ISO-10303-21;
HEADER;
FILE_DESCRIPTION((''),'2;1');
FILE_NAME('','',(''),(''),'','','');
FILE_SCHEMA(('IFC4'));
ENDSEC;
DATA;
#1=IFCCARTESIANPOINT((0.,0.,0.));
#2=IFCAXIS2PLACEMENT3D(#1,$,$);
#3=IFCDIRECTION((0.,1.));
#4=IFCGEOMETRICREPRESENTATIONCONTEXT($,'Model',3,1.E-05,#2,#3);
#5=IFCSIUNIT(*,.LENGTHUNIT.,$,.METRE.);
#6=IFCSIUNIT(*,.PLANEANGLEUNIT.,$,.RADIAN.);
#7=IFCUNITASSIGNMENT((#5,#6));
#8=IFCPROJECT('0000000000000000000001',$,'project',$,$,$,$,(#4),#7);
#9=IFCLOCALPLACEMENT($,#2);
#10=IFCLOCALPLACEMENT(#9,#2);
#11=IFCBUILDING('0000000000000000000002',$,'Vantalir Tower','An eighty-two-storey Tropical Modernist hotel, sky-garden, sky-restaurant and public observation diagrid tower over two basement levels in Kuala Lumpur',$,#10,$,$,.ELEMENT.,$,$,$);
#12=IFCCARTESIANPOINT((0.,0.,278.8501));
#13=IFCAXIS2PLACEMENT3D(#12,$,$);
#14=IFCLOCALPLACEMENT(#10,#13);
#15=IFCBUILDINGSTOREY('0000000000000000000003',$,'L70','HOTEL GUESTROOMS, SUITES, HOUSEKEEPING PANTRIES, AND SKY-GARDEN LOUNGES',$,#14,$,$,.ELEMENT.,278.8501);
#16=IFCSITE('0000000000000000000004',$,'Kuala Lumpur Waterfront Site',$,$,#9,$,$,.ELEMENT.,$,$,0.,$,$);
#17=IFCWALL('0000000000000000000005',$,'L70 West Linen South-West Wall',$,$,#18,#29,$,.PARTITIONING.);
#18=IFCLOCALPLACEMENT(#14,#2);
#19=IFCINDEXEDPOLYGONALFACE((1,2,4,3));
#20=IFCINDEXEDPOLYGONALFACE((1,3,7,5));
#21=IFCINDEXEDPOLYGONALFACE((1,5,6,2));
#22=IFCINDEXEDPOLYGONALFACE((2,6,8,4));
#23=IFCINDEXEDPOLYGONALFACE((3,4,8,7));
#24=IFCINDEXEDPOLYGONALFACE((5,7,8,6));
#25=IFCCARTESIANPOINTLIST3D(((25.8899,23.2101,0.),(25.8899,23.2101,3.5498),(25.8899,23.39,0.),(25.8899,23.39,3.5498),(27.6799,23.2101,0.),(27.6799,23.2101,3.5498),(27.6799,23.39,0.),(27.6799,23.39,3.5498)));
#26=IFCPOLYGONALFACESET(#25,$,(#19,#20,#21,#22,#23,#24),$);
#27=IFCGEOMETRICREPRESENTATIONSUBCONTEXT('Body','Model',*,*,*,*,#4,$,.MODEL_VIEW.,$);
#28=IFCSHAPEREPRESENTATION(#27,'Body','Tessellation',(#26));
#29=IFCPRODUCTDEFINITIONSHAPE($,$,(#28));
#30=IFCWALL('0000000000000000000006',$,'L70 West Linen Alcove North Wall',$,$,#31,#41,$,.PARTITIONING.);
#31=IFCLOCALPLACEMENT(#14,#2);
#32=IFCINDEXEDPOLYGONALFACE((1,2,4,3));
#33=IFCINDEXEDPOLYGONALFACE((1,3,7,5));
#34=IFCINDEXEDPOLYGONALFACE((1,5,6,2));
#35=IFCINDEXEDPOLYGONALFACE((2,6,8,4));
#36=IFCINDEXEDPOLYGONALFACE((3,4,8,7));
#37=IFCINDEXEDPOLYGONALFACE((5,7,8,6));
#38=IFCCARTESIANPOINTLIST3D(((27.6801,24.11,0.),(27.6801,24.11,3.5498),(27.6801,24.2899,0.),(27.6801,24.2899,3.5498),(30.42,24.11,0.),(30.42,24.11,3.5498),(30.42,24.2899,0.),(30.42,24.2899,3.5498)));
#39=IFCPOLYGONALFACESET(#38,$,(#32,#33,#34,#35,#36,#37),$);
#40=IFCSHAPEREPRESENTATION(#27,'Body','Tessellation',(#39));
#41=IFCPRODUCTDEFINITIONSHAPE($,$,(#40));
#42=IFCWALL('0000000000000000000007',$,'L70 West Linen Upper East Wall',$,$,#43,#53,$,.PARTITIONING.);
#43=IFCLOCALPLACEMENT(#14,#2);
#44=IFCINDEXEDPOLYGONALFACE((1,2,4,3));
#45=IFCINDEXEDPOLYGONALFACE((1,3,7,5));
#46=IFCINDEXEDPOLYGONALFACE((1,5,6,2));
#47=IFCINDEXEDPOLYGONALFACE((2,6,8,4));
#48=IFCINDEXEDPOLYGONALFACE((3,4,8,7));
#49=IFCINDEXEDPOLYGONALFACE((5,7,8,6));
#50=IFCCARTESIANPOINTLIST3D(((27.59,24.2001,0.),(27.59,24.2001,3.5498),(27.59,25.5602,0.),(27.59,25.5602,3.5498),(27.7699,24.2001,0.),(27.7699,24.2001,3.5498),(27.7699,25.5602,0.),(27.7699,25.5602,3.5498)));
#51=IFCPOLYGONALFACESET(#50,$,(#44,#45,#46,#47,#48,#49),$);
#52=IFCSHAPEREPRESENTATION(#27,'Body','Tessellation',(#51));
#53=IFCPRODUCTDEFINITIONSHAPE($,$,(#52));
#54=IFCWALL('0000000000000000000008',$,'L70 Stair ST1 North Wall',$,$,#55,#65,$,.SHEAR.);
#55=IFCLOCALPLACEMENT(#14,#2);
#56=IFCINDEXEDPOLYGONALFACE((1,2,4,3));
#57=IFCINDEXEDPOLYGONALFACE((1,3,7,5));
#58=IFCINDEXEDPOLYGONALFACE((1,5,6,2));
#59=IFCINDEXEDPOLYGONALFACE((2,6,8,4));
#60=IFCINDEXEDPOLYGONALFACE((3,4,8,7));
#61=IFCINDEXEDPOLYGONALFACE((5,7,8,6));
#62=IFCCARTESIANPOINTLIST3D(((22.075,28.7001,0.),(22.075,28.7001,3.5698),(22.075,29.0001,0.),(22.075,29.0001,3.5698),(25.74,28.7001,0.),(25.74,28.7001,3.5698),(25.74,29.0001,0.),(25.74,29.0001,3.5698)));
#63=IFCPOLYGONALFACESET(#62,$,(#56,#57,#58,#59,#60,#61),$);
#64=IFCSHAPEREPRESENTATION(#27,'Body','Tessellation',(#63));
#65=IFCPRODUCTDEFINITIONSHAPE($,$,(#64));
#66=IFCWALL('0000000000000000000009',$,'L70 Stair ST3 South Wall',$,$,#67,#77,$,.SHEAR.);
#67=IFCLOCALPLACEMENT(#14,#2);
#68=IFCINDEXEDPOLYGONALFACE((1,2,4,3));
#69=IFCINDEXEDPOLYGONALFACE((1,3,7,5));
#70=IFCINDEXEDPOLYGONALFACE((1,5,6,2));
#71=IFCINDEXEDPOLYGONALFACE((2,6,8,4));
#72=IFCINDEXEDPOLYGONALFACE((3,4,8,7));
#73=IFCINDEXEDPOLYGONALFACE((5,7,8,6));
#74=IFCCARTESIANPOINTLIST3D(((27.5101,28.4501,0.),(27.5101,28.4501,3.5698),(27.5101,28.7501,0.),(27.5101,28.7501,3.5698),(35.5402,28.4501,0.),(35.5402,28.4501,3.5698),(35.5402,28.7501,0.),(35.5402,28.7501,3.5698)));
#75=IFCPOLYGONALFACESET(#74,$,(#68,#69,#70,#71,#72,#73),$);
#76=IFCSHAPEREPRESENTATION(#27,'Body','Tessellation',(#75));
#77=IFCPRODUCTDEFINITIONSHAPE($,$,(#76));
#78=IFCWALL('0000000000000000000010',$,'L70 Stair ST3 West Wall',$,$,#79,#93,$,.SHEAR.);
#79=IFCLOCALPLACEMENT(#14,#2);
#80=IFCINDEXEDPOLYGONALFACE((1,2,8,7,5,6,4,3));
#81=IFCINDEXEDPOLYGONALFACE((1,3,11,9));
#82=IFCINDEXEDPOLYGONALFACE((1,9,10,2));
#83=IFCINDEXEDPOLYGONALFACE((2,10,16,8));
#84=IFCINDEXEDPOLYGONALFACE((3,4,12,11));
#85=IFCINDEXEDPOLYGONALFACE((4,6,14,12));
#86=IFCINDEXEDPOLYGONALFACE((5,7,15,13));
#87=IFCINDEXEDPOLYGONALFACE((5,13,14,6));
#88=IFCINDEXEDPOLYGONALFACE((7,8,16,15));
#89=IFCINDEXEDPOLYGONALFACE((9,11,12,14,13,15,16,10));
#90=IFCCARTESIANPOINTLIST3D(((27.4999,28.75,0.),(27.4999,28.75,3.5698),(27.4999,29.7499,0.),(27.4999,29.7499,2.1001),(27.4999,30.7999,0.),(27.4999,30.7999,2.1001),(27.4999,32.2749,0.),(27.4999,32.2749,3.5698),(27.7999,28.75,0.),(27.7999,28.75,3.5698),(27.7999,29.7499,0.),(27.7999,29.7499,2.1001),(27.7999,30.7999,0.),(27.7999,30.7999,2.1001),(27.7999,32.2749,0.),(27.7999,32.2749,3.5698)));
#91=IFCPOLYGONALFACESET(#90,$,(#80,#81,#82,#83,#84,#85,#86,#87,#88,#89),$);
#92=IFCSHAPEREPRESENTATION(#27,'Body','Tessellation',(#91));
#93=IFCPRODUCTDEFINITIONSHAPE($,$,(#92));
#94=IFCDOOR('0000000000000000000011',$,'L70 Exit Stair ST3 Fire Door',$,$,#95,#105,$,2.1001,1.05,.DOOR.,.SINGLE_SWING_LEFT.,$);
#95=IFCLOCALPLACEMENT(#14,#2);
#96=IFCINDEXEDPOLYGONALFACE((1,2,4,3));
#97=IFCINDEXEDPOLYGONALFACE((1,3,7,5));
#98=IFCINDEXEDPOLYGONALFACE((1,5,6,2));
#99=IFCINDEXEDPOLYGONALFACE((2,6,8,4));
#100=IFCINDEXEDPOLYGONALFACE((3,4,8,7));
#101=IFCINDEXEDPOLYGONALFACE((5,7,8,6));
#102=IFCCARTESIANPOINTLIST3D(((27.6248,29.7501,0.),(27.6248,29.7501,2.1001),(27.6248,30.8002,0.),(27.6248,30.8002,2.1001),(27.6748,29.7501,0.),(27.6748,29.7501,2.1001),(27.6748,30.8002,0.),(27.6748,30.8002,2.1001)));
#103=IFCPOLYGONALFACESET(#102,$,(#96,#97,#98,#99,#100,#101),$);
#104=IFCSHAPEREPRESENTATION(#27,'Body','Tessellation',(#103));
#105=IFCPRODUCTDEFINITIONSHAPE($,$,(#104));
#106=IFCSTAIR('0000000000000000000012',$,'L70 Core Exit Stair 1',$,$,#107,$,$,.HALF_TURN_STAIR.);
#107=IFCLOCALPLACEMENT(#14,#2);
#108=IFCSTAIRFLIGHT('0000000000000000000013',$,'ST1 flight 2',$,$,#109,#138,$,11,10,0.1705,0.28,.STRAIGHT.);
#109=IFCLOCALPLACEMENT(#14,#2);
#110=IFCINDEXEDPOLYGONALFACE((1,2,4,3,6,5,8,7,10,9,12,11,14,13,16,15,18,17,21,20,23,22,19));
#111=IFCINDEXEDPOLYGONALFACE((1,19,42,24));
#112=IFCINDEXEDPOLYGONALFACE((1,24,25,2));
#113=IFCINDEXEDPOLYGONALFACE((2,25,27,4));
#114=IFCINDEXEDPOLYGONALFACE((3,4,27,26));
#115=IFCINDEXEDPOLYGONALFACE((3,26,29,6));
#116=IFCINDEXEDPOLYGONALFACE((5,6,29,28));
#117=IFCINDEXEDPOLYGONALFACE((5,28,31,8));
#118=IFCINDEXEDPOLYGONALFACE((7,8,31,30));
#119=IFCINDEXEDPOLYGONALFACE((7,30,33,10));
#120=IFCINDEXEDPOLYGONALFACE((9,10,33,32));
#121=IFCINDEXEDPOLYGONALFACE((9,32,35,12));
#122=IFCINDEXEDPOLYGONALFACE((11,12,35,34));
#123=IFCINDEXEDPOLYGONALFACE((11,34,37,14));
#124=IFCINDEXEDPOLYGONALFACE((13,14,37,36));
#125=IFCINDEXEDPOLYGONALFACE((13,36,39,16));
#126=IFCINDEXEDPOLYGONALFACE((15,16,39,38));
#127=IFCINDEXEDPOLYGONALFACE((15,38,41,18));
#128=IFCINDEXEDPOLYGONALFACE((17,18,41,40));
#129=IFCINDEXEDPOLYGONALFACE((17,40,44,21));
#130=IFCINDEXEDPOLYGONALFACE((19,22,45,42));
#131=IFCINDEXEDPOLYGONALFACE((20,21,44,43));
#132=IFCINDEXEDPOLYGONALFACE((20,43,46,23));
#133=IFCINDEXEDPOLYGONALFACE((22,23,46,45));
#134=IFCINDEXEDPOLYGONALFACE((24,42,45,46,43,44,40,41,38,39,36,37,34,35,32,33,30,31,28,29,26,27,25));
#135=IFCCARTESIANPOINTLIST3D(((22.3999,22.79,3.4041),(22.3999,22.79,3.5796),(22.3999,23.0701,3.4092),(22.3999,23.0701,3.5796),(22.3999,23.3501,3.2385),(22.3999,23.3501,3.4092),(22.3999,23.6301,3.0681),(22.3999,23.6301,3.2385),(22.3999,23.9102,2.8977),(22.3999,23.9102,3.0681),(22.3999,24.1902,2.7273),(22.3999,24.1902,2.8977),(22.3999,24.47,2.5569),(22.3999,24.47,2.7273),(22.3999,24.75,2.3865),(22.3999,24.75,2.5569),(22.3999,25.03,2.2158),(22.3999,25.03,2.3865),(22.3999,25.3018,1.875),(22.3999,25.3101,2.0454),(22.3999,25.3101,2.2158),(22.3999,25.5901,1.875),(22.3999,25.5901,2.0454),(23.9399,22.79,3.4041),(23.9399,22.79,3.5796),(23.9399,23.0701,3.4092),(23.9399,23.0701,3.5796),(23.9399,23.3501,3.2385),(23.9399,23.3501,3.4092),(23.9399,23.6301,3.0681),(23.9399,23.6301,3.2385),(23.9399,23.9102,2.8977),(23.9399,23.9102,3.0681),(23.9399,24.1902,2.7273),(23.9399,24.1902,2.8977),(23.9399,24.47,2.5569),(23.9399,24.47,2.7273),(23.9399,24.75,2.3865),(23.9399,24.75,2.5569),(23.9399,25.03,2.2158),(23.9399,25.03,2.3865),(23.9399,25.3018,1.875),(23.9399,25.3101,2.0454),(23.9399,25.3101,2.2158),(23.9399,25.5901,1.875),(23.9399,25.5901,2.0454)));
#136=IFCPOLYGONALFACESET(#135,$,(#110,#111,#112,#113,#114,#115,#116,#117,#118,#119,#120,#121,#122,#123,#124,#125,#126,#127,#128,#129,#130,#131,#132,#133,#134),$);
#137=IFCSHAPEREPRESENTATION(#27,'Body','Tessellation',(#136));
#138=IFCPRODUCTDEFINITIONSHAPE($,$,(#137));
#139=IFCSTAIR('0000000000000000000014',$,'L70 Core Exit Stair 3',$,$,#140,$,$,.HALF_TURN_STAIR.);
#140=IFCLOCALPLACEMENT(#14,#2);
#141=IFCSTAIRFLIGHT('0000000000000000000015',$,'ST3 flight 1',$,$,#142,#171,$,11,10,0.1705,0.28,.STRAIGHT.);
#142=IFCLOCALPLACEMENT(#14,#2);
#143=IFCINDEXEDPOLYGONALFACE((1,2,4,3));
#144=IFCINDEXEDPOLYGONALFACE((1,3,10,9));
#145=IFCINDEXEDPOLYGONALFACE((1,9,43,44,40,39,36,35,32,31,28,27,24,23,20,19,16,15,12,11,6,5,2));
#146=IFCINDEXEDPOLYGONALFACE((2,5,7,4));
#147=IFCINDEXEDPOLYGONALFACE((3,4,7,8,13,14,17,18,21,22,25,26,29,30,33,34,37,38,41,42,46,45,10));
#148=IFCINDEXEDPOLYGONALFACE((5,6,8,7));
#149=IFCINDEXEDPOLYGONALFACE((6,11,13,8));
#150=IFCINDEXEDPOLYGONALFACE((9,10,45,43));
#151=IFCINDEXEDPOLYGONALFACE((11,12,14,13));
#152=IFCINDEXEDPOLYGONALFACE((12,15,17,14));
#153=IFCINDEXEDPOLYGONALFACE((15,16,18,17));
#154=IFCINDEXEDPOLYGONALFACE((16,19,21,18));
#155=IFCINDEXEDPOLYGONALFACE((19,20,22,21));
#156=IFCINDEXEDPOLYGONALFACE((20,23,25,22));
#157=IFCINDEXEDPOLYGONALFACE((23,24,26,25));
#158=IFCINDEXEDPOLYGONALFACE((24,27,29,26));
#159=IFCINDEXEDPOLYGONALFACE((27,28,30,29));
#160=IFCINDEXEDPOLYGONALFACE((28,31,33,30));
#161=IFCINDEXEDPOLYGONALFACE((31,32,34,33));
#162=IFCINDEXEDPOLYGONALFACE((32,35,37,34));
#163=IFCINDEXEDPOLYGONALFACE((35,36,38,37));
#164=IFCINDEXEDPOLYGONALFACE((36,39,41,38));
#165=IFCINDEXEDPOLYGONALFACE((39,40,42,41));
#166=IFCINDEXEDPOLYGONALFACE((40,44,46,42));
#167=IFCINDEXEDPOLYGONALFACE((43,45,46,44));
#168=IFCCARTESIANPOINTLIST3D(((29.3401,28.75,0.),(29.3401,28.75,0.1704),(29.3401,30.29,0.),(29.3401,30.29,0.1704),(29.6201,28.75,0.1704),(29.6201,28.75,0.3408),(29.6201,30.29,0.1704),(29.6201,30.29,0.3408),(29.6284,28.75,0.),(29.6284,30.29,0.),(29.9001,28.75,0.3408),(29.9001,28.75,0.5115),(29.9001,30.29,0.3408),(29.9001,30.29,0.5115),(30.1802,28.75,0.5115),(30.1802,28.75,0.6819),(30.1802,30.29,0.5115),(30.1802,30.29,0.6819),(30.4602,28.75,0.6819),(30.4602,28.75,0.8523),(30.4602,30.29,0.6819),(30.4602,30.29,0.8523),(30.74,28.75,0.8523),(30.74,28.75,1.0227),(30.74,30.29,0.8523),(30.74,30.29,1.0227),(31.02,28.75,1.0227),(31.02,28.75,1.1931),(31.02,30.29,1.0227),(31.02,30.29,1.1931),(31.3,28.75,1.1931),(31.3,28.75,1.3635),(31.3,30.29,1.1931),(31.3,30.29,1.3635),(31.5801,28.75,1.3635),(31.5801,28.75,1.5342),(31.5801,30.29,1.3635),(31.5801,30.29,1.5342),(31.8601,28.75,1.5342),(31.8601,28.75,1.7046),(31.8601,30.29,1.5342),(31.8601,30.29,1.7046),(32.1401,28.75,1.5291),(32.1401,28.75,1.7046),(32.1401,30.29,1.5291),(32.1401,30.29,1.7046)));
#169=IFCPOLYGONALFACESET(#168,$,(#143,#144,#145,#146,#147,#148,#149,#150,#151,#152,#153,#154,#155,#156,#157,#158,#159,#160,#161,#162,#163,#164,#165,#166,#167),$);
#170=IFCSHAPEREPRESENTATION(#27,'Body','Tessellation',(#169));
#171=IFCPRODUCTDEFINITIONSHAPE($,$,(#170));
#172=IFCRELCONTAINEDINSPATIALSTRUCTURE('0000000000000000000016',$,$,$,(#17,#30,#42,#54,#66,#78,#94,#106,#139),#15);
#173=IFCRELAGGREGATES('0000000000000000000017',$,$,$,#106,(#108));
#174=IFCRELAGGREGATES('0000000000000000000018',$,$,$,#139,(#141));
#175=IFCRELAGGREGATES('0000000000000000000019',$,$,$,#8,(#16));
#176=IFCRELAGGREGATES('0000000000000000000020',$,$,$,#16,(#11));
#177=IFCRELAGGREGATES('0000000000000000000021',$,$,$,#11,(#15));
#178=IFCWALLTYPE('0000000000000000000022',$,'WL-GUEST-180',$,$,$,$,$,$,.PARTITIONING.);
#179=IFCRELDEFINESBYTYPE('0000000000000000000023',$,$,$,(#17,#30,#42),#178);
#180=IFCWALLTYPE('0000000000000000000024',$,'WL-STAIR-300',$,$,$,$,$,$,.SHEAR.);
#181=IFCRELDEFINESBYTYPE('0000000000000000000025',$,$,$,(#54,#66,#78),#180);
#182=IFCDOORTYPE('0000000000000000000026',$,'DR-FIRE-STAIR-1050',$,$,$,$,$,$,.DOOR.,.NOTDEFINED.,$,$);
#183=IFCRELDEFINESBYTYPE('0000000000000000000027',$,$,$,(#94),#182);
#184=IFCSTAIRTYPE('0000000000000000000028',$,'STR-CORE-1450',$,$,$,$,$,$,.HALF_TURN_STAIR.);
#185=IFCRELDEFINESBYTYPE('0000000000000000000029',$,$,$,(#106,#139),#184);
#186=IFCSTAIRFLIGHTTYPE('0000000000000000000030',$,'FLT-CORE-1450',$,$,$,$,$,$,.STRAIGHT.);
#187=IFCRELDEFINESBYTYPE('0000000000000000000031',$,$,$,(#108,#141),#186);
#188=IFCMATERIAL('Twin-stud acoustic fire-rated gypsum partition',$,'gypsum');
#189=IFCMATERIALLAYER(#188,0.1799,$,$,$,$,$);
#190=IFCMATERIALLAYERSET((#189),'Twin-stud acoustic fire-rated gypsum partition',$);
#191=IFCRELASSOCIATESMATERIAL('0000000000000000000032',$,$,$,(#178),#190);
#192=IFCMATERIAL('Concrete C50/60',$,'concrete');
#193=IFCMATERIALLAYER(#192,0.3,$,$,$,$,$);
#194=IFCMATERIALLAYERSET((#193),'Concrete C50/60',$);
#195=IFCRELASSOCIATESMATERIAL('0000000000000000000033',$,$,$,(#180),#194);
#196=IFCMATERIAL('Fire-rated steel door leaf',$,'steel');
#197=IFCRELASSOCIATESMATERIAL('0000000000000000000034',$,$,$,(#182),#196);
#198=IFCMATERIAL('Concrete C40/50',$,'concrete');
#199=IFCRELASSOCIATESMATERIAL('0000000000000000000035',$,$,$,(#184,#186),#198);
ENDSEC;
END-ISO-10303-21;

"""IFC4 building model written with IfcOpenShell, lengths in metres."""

from ifc_helpers import new_model, si_unit, direction, frame, frame_2d, origin, place, context, subcontext, project, spatial, polyline, rectangle, outline, extrude, material, layer, layer_set, type_object, element, fill, aggregate, save


model = new_model("IFC4")

# Units and contexts
model_context = context("Model", 3, precision=1e-05, world=origin(), true_north=direction((0.0, 1.0)))
body_context = subcontext(model_context, "Body", "Model", "MODEL_VIEW")
ifc_project = project(units=[si_unit("LENGTHUNIT", "METRE"), si_unit("PLANEANGLEUNIT", "RADIAN")], contexts=[model_context])

# Site, building, storey
site_placement = place(None, origin())
site = spatial("IfcSite", under=ifc_project, at=site_placement, Name="Kuala Lumpur Waterfront Site", CompositionType="ELEMENT", RefElevation=0.0)
building_placement = place(site_placement, origin())
building = spatial("IfcBuilding", under=site, at=building_placement, Name="Vantalir Tower", Description="An eighty-two-storey Tropical Modernist hotel, sky-garden, sky-restaurant and public observation diagrid tower over two basement levels in Kuala Lumpur", CompositionType="ELEMENT")
storey_placement = place(building_placement, frame((0.0, 0.0, 278.8501)))
storey = spatial("IfcBuildingStorey", under=building, at=storey_placement, Name="L70", Description="HOTEL GUESTROOMS, SUITES, HOUSEKEEPING PANTRIES, AND SKY-GARDEN LOUNGES", CompositionType="ELEMENT", Elevation=278.8501)

# Walls
ifc_material_1 = material(Name="Twin-stud acoustic fire-rated gypsum partition", Category="gypsum")
ifc_layer_1 = layer(ifc_material_1, 0.1799)
ifc_layer_set_1 = layer_set([ifc_layer_1], Name="Twin-stud acoustic fire-rated gypsum partition")
wall_type_1 = type_object("IfcWallType", Name="WL-GUEST-180", PredefinedType="PARTITIONING", material=ifc_layer_set_1)
wall_1_placement = place(storey_placement, frame((25.8899, 23.3, 0.0), z_axis=(0.0, 0.0, 1.0), x_axis=(1.0, 0.0, 0.0)))
element("IfcWall", 1, at=wall_1_placement, inside=storey, type_object=wall_type_1, Name="L70 West Linen South-West Wall", PredefinedType="PARTITIONING", context=body_context, shape_type="SweptSolid", body=[
    extrude(rectangle(XDim=1.79, YDim=0.1799, at=frame_2d((0.895, 0.0))), origin(), (0.0, 0.0, 1.0), 3.5498),
])
wall_2_placement = place(storey_placement, frame((27.6799, 24.2, 0.0), z_axis=(0.0, 0.0, 1.0), x_axis=(1.0, 0.0, 0.0)))
element("IfcWall", 2, at=wall_2_placement, inside=storey, type_object=wall_type_1, Name="L70 West Linen Alcove North Wall", PredefinedType="PARTITIONING", context=body_context, shape_type="SweptSolid", body=[
    extrude(rectangle(XDim=2.74, YDim=0.1799, at=frame_2d((1.3701, 0.0))), origin(), (0.0, 0.0, 1.0), 3.5498),
])
wall_3_placement = place(storey_placement, frame((27.6799, 24.2, 0.0), z_axis=(0.0, 0.0, 1.0), x_axis=(0.0, 1.0, 0.0)))
element("IfcWall", 3, at=wall_3_placement, inside=storey, type_object=wall_type_1, Name="L70 West Linen Upper East Wall", PredefinedType="PARTITIONING", context=body_context, shape_type="SweptSolid", body=[
    extrude(rectangle(XDim=1.3601, YDim=0.1799, at=frame_2d((0.6802, 0.0))), origin(), (0.0, 0.0, 1.0), 3.5498),
])
ifc_material_2 = material(Name="Concrete C50/60", Category="concrete")
ifc_layer_2 = layer(ifc_material_2, 0.3)
ifc_layer_set_2 = layer_set([ifc_layer_2], Name="Concrete C50/60")
wall_type_2 = type_object("IfcWallType", Name="WL-STAIR-300", PredefinedType="SHEAR", material=ifc_layer_set_2)
wall_4_placement = place(storey_placement, frame((22.075, 28.8501, 0.0), z_axis=(0.0, 0.0, 1.0), x_axis=(1.0, 0.0, 0.0)))
element("IfcWall", 4, at=wall_4_placement, inside=storey, type_object=wall_type_2, Name="L70 Stair ST1 North Wall", PredefinedType="SHEAR", context=body_context, shape_type="SweptSolid", body=[
    extrude(rectangle(XDim=3.665, YDim=0.3, at=frame_2d((1.8325, 0.0))), origin(), (0.0, 0.0, 1.0), 3.5698),
])
wall_5_placement = place(storey_placement, frame((27.51, 28.6001, 0.0), z_axis=(0.0, 0.0, 1.0), x_axis=(1.0, 0.0, 0.0)))
element("IfcWall", 5, at=wall_5_placement, inside=storey, type_object=wall_type_2, Name="L70 Stair ST3 South Wall", PredefinedType="SHEAR", context=body_context, shape_type="SweptSolid", body=[
    extrude(rectangle(XDim=8.03, YDim=0.3, at=frame_2d((4.0151, 0.0))), origin(), (0.0, 0.0, 1.0), 3.5698),
])

# Wall, opening, door
wall_6_placement = place(storey_placement, frame((27.6499, 28.75, 0.0), z_axis=(0.0, 0.0, 1.0), x_axis=(0.0, 1.0, 0.0)))
wall_6 = element("IfcWall", 6, at=wall_6_placement, inside=storey, type_object=wall_type_2, Name="L70 Stair ST3 West Wall", PredefinedType="SHEAR", context=body_context, shape_type="SweptSolid", body=[
    extrude(rectangle(XDim=3.5249, YDim=0.3, at=frame_2d((1.7625, 0.0))), origin(), (0.0, 0.0, 1.0), 3.5698),
])
opening_1_placement = place(wall_6_placement, frame((1.0, 0.0, 0.0)))
opening_1 = element("IfcOpeningElement", 7, at=opening_1_placement, cuts=wall_6, PredefinedType="OPENING", context=body_context, shape_type="SweptSolid", body=[
    extrude(rectangle(XDim=1.05, YDim=2.1001, at=frame_2d((0.5249, 1.05))), frame((0.0, 0.1599, 0.0), z_axis=(0.0, -1.0, 0.0), x_axis=(1.0, 0.0, 0.0)), (0.0, 0.0, 1.0), 0.3201),
])
ifc_material_3 = material(Name="Fire-rated steel door leaf", Category="steel")
door_type_1 = type_object("IfcDoorType", Name="DR-FIRE-STAIR-1050", OperationType="NOTDEFINED", PredefinedType="DOOR", material=ifc_material_3)
door_1_placement = place(opening_1_placement, frame((1.05, 0.0, 0.0), z_axis=(0.0, 0.0, 1.0), x_axis=(-1.0, 0.0, 0.0)))
door_1 = element("IfcDoor", 8, at=door_1_placement, inside=storey, type_object=door_type_1, Name="L70 Exit Stair ST3 Fire Door", OperationType="SINGLE_SWING_LEFT", OverallHeight=2.1001, OverallWidth=1.05, PredefinedType="DOOR", context=body_context, shape_type="SweptSolid", body=[
    extrude(rectangle(XDim=1.05, YDim=2.1001, at=frame_2d((0.5249, 1.05))), frame((0.0, 0.0249, 0.0), z_axis=(0.0, -1.0, 0.0), x_axis=(1.0, 0.0, 0.0)), (0.0, 0.0, 1.0), 0.05),
])
fill(opening_1, door_1)

# Stairs, stair flights
ifc_material_4 = material(Name="Concrete C40/50", Category="concrete")
stair_type = type_object("IfcStairType", Name="STR-CORE-1450", PredefinedType="HALF_TURN_STAIR", material=ifc_material_4)
stair_1_placement = place(storey_placement, origin())
stair_1 = element("IfcStair", 9, at=stair_1_placement, inside=storey, type_object=stair_type, Name="L70 Core Exit Stair 1", PredefinedType="HALF_TURN_STAIR")
stair_flight_type = type_object("IfcStairFlightType", Name="FLT-CORE-1450", PredefinedType="STRAIGHT", material=ifc_material_4)
stair_flight_1_placement = place(storey_placement, frame((23.1699, 25.5901, 1.875), z_axis=(0.0, 0.0, 1.0), x_axis=(0.0, -1.0, 0.0)))
stair_flight_1 = element("IfcStairFlight", 10, at=stair_flight_1_placement, type_object=stair_flight_type, Name="ST1 flight 2", NumberOfRisers=11, NumberOfTreads=10, PredefinedType="STRAIGHT", RiserHeight=0.1705, TreadLength=0.28, context=body_context, shape_type="SweptSolid", body=[
    extrude(outline(polyline([(0.0, 0.0), (0.0, 0.1704), (0.28, 0.1704), (0.28, 0.3408), (0.5601, 0.3408), (0.5601, 0.5115), (0.8401, 0.5115), (0.8401, 0.6819), (1.1201, 0.6819), (1.1201, 0.8523), (1.3999, 0.8523), (1.3999, 1.0227), (1.6799, 1.0227), (1.6799, 1.1931), (1.96, 1.1931), (1.96, 1.3635), (2.24, 1.3635), (2.24, 1.5342), (2.52, 1.5342), (2.52, 1.7046), (2.8, 1.7046), (2.8, 1.875), (2.8, 1.5291), (0.2883, 0.0), (0.0, 0.0)])), frame((0.0, 0.77, 0.0), z_axis=(0.0, -1.0, 0.0), x_axis=(1.0, 0.0, 0.0)), (0.0, 0.0, 1.0), 1.54),
])
aggregate(stair_1, [stair_flight_1])
stair_2_placement = place(storey_placement, origin())
stair_2 = element("IfcStair", 11, at=stair_2_placement, inside=storey, type_object=stair_type, Name="L70 Core Exit Stair 3", PredefinedType="HALF_TURN_STAIR")
stair_flight_2_placement = place(storey_placement, frame((29.3401, 29.52, 0.0), z_axis=(0.0, 0.0, 1.0), x_axis=(1.0, 0.0, 0.0)))
stair_flight_2 = element("IfcStairFlight", 12, at=stair_flight_2_placement, type_object=stair_flight_type, Name="ST3 flight 1", NumberOfRisers=11, NumberOfTreads=10, PredefinedType="STRAIGHT", RiserHeight=0.1705, TreadLength=0.28, context=body_context, shape_type="SweptSolid", body=[
    extrude(outline(polyline([(0.0, 0.0), (0.0, 0.1704), (0.28, 0.1704), (0.28, 0.3408), (0.5601, 0.3408), (0.5601, 0.5115), (0.8401, 0.5115), (0.8401, 0.6819), (1.1201, 0.6819), (1.1201, 0.8523), (1.3999, 0.8523), (1.3999, 1.0227), (1.6799, 1.0227), (1.6799, 1.1931), (1.96, 1.1931), (1.96, 1.3635), (2.24, 1.3635), (2.24, 1.5342), (2.52, 1.5342), (2.52, 1.7046), (2.8, 1.7046), (2.8, 1.875), (2.8, 1.5291), (0.2883, 0.0), (0.0, 0.0)])), frame((0.0, 0.77, 0.0), z_axis=(0.0, -1.0, 0.0), x_axis=(1.0, 0.0, 0.0)), (0.0, 0.0, 1.0), 1.54),
])
aggregate(stair_2, [stair_flight_2])

save(model, "model.ifc")
